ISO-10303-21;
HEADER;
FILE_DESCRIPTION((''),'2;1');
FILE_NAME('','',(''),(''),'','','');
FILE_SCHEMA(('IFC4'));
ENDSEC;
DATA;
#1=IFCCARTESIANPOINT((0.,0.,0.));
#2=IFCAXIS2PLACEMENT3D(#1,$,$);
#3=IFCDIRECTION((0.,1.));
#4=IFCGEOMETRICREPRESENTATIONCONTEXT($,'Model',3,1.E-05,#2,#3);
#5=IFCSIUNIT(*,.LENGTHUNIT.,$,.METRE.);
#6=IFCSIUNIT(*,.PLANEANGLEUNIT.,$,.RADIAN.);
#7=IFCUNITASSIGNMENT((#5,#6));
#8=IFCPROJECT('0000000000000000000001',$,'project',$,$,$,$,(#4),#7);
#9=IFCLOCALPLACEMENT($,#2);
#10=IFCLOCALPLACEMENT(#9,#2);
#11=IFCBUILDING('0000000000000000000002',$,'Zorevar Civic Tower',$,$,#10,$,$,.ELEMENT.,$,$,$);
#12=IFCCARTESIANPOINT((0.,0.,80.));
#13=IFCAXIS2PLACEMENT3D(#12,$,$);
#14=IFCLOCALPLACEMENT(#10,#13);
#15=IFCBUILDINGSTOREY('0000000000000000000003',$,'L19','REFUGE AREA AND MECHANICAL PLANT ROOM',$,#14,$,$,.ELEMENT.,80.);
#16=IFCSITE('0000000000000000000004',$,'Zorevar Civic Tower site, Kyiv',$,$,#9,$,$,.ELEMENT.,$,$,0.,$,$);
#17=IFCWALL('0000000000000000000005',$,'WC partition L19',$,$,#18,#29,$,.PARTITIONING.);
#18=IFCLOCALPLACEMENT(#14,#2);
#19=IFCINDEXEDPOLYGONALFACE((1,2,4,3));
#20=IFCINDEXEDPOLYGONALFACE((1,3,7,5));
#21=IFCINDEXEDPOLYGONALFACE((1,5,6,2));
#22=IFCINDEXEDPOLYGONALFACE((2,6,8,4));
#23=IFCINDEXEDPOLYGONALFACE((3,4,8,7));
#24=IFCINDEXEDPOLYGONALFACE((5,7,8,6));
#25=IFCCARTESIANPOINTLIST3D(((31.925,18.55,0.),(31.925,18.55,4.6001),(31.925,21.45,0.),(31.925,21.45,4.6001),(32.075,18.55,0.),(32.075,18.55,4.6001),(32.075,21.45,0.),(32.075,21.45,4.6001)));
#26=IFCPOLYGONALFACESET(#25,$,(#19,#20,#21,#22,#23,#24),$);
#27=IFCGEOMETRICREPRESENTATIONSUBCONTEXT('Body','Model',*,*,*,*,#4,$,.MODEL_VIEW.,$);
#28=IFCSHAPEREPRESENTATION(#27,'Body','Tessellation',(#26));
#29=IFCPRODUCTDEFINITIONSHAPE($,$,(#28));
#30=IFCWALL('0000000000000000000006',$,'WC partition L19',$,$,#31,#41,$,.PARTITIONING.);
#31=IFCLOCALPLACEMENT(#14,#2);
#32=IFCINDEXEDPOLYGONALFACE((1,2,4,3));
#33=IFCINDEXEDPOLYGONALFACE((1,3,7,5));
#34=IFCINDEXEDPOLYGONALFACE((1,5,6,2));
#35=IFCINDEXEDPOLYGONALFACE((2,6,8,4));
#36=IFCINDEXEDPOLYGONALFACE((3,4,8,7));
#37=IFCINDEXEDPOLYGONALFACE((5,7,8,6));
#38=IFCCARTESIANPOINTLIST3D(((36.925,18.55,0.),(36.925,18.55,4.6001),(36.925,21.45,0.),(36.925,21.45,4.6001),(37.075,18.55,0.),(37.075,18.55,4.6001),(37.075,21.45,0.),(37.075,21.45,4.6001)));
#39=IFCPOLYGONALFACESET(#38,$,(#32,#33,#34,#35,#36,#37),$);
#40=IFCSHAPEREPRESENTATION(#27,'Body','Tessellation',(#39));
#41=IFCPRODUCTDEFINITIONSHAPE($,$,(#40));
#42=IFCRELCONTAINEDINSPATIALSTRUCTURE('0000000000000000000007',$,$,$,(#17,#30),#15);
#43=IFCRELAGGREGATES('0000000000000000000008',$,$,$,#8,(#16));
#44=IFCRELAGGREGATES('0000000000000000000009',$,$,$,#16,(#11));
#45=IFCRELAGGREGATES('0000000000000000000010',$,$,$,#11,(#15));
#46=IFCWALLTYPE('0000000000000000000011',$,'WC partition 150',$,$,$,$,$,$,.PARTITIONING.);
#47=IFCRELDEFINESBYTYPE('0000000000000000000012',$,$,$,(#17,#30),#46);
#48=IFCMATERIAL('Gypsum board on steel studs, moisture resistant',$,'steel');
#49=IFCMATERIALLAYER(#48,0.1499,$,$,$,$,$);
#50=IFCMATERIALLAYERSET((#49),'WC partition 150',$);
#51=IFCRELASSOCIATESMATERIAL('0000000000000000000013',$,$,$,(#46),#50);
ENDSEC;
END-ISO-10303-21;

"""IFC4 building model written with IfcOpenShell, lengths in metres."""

from ifc_helpers import new_model, si_unit, direction, frame, frame_2d, origin, place, context, subcontext, project, spatial, rectangle, extrude, material, layer, layer_set, type_object, element, save


model = new_model("IFC4")

# Units and contexts
model_context = context("Model", 3, precision=1e-05, world=origin(), true_north=direction((0.0, 1.0)))
body_context = subcontext(model_context, "Body", "Model", "MODEL_VIEW")
ifc_project = project(units=[si_unit("LENGTHUNIT", "METRE"), si_unit("PLANEANGLEUNIT", "RADIAN")], contexts=[model_context])

# Site, building, storey
site_placement = place(None, origin())
site = spatial("IfcSite", under=ifc_project, at=site_placement, Name="Zorevar Civic Tower site, Kyiv", CompositionType="ELEMENT", RefElevation=0.0)
building_placement = place(site_placement, origin())
building = spatial("IfcBuilding", under=site, at=building_placement, Name="Zorevar Civic Tower", CompositionType="ELEMENT")
storey_placement = place(building_placement, frame((0.0, 0.0, 80.0)))
storey = spatial("IfcBuildingStorey", under=building, at=storey_placement, Name="L19", Description="REFUGE AREA AND MECHANICAL PLANT ROOM", CompositionType="ELEMENT", Elevation=80.0)

# Walls
ifc_material_1 = material(Name="Gypsum board on steel studs, moisture resistant", Category="steel")
ifc_layer_1 = layer(ifc_material_1, 0.1499)
ifc_layer_set_1 = layer_set([ifc_layer_1], Name="WC partition 150")
wall_type_1 = type_object("IfcWallType", Name="WC partition 150", PredefinedType="PARTITIONING", material=ifc_layer_set_1)
for number, where, z_axis, x_axis, name in (
    (1, (32.0, 18.55, 0.0), (0.0, 0.0, 1.0), (0.0, 1.0, 0.0), "WC partition L19"),
    (2, (37.0, 18.55, 0.0), (0.0, 0.0, 1.0), (0.0, 1.0, 0.0), "WC partition L19"),
):
    element("IfcWall", number, at=place(storey_placement, frame(where, z_axis=z_axis, x_axis=x_axis)), inside=storey, type_object=wall_type_1, Name=name, PredefinedType="PARTITIONING", context=body_context, shape_type="SweptSolid", body=[
        extrude(rectangle(XDim=2.8999, YDim=0.1499, at=frame_2d((1.45, 0.0))), origin(), (0.0, 0.0, 1.0), 4.6001),
    ])

save(model, "model.ifc")
